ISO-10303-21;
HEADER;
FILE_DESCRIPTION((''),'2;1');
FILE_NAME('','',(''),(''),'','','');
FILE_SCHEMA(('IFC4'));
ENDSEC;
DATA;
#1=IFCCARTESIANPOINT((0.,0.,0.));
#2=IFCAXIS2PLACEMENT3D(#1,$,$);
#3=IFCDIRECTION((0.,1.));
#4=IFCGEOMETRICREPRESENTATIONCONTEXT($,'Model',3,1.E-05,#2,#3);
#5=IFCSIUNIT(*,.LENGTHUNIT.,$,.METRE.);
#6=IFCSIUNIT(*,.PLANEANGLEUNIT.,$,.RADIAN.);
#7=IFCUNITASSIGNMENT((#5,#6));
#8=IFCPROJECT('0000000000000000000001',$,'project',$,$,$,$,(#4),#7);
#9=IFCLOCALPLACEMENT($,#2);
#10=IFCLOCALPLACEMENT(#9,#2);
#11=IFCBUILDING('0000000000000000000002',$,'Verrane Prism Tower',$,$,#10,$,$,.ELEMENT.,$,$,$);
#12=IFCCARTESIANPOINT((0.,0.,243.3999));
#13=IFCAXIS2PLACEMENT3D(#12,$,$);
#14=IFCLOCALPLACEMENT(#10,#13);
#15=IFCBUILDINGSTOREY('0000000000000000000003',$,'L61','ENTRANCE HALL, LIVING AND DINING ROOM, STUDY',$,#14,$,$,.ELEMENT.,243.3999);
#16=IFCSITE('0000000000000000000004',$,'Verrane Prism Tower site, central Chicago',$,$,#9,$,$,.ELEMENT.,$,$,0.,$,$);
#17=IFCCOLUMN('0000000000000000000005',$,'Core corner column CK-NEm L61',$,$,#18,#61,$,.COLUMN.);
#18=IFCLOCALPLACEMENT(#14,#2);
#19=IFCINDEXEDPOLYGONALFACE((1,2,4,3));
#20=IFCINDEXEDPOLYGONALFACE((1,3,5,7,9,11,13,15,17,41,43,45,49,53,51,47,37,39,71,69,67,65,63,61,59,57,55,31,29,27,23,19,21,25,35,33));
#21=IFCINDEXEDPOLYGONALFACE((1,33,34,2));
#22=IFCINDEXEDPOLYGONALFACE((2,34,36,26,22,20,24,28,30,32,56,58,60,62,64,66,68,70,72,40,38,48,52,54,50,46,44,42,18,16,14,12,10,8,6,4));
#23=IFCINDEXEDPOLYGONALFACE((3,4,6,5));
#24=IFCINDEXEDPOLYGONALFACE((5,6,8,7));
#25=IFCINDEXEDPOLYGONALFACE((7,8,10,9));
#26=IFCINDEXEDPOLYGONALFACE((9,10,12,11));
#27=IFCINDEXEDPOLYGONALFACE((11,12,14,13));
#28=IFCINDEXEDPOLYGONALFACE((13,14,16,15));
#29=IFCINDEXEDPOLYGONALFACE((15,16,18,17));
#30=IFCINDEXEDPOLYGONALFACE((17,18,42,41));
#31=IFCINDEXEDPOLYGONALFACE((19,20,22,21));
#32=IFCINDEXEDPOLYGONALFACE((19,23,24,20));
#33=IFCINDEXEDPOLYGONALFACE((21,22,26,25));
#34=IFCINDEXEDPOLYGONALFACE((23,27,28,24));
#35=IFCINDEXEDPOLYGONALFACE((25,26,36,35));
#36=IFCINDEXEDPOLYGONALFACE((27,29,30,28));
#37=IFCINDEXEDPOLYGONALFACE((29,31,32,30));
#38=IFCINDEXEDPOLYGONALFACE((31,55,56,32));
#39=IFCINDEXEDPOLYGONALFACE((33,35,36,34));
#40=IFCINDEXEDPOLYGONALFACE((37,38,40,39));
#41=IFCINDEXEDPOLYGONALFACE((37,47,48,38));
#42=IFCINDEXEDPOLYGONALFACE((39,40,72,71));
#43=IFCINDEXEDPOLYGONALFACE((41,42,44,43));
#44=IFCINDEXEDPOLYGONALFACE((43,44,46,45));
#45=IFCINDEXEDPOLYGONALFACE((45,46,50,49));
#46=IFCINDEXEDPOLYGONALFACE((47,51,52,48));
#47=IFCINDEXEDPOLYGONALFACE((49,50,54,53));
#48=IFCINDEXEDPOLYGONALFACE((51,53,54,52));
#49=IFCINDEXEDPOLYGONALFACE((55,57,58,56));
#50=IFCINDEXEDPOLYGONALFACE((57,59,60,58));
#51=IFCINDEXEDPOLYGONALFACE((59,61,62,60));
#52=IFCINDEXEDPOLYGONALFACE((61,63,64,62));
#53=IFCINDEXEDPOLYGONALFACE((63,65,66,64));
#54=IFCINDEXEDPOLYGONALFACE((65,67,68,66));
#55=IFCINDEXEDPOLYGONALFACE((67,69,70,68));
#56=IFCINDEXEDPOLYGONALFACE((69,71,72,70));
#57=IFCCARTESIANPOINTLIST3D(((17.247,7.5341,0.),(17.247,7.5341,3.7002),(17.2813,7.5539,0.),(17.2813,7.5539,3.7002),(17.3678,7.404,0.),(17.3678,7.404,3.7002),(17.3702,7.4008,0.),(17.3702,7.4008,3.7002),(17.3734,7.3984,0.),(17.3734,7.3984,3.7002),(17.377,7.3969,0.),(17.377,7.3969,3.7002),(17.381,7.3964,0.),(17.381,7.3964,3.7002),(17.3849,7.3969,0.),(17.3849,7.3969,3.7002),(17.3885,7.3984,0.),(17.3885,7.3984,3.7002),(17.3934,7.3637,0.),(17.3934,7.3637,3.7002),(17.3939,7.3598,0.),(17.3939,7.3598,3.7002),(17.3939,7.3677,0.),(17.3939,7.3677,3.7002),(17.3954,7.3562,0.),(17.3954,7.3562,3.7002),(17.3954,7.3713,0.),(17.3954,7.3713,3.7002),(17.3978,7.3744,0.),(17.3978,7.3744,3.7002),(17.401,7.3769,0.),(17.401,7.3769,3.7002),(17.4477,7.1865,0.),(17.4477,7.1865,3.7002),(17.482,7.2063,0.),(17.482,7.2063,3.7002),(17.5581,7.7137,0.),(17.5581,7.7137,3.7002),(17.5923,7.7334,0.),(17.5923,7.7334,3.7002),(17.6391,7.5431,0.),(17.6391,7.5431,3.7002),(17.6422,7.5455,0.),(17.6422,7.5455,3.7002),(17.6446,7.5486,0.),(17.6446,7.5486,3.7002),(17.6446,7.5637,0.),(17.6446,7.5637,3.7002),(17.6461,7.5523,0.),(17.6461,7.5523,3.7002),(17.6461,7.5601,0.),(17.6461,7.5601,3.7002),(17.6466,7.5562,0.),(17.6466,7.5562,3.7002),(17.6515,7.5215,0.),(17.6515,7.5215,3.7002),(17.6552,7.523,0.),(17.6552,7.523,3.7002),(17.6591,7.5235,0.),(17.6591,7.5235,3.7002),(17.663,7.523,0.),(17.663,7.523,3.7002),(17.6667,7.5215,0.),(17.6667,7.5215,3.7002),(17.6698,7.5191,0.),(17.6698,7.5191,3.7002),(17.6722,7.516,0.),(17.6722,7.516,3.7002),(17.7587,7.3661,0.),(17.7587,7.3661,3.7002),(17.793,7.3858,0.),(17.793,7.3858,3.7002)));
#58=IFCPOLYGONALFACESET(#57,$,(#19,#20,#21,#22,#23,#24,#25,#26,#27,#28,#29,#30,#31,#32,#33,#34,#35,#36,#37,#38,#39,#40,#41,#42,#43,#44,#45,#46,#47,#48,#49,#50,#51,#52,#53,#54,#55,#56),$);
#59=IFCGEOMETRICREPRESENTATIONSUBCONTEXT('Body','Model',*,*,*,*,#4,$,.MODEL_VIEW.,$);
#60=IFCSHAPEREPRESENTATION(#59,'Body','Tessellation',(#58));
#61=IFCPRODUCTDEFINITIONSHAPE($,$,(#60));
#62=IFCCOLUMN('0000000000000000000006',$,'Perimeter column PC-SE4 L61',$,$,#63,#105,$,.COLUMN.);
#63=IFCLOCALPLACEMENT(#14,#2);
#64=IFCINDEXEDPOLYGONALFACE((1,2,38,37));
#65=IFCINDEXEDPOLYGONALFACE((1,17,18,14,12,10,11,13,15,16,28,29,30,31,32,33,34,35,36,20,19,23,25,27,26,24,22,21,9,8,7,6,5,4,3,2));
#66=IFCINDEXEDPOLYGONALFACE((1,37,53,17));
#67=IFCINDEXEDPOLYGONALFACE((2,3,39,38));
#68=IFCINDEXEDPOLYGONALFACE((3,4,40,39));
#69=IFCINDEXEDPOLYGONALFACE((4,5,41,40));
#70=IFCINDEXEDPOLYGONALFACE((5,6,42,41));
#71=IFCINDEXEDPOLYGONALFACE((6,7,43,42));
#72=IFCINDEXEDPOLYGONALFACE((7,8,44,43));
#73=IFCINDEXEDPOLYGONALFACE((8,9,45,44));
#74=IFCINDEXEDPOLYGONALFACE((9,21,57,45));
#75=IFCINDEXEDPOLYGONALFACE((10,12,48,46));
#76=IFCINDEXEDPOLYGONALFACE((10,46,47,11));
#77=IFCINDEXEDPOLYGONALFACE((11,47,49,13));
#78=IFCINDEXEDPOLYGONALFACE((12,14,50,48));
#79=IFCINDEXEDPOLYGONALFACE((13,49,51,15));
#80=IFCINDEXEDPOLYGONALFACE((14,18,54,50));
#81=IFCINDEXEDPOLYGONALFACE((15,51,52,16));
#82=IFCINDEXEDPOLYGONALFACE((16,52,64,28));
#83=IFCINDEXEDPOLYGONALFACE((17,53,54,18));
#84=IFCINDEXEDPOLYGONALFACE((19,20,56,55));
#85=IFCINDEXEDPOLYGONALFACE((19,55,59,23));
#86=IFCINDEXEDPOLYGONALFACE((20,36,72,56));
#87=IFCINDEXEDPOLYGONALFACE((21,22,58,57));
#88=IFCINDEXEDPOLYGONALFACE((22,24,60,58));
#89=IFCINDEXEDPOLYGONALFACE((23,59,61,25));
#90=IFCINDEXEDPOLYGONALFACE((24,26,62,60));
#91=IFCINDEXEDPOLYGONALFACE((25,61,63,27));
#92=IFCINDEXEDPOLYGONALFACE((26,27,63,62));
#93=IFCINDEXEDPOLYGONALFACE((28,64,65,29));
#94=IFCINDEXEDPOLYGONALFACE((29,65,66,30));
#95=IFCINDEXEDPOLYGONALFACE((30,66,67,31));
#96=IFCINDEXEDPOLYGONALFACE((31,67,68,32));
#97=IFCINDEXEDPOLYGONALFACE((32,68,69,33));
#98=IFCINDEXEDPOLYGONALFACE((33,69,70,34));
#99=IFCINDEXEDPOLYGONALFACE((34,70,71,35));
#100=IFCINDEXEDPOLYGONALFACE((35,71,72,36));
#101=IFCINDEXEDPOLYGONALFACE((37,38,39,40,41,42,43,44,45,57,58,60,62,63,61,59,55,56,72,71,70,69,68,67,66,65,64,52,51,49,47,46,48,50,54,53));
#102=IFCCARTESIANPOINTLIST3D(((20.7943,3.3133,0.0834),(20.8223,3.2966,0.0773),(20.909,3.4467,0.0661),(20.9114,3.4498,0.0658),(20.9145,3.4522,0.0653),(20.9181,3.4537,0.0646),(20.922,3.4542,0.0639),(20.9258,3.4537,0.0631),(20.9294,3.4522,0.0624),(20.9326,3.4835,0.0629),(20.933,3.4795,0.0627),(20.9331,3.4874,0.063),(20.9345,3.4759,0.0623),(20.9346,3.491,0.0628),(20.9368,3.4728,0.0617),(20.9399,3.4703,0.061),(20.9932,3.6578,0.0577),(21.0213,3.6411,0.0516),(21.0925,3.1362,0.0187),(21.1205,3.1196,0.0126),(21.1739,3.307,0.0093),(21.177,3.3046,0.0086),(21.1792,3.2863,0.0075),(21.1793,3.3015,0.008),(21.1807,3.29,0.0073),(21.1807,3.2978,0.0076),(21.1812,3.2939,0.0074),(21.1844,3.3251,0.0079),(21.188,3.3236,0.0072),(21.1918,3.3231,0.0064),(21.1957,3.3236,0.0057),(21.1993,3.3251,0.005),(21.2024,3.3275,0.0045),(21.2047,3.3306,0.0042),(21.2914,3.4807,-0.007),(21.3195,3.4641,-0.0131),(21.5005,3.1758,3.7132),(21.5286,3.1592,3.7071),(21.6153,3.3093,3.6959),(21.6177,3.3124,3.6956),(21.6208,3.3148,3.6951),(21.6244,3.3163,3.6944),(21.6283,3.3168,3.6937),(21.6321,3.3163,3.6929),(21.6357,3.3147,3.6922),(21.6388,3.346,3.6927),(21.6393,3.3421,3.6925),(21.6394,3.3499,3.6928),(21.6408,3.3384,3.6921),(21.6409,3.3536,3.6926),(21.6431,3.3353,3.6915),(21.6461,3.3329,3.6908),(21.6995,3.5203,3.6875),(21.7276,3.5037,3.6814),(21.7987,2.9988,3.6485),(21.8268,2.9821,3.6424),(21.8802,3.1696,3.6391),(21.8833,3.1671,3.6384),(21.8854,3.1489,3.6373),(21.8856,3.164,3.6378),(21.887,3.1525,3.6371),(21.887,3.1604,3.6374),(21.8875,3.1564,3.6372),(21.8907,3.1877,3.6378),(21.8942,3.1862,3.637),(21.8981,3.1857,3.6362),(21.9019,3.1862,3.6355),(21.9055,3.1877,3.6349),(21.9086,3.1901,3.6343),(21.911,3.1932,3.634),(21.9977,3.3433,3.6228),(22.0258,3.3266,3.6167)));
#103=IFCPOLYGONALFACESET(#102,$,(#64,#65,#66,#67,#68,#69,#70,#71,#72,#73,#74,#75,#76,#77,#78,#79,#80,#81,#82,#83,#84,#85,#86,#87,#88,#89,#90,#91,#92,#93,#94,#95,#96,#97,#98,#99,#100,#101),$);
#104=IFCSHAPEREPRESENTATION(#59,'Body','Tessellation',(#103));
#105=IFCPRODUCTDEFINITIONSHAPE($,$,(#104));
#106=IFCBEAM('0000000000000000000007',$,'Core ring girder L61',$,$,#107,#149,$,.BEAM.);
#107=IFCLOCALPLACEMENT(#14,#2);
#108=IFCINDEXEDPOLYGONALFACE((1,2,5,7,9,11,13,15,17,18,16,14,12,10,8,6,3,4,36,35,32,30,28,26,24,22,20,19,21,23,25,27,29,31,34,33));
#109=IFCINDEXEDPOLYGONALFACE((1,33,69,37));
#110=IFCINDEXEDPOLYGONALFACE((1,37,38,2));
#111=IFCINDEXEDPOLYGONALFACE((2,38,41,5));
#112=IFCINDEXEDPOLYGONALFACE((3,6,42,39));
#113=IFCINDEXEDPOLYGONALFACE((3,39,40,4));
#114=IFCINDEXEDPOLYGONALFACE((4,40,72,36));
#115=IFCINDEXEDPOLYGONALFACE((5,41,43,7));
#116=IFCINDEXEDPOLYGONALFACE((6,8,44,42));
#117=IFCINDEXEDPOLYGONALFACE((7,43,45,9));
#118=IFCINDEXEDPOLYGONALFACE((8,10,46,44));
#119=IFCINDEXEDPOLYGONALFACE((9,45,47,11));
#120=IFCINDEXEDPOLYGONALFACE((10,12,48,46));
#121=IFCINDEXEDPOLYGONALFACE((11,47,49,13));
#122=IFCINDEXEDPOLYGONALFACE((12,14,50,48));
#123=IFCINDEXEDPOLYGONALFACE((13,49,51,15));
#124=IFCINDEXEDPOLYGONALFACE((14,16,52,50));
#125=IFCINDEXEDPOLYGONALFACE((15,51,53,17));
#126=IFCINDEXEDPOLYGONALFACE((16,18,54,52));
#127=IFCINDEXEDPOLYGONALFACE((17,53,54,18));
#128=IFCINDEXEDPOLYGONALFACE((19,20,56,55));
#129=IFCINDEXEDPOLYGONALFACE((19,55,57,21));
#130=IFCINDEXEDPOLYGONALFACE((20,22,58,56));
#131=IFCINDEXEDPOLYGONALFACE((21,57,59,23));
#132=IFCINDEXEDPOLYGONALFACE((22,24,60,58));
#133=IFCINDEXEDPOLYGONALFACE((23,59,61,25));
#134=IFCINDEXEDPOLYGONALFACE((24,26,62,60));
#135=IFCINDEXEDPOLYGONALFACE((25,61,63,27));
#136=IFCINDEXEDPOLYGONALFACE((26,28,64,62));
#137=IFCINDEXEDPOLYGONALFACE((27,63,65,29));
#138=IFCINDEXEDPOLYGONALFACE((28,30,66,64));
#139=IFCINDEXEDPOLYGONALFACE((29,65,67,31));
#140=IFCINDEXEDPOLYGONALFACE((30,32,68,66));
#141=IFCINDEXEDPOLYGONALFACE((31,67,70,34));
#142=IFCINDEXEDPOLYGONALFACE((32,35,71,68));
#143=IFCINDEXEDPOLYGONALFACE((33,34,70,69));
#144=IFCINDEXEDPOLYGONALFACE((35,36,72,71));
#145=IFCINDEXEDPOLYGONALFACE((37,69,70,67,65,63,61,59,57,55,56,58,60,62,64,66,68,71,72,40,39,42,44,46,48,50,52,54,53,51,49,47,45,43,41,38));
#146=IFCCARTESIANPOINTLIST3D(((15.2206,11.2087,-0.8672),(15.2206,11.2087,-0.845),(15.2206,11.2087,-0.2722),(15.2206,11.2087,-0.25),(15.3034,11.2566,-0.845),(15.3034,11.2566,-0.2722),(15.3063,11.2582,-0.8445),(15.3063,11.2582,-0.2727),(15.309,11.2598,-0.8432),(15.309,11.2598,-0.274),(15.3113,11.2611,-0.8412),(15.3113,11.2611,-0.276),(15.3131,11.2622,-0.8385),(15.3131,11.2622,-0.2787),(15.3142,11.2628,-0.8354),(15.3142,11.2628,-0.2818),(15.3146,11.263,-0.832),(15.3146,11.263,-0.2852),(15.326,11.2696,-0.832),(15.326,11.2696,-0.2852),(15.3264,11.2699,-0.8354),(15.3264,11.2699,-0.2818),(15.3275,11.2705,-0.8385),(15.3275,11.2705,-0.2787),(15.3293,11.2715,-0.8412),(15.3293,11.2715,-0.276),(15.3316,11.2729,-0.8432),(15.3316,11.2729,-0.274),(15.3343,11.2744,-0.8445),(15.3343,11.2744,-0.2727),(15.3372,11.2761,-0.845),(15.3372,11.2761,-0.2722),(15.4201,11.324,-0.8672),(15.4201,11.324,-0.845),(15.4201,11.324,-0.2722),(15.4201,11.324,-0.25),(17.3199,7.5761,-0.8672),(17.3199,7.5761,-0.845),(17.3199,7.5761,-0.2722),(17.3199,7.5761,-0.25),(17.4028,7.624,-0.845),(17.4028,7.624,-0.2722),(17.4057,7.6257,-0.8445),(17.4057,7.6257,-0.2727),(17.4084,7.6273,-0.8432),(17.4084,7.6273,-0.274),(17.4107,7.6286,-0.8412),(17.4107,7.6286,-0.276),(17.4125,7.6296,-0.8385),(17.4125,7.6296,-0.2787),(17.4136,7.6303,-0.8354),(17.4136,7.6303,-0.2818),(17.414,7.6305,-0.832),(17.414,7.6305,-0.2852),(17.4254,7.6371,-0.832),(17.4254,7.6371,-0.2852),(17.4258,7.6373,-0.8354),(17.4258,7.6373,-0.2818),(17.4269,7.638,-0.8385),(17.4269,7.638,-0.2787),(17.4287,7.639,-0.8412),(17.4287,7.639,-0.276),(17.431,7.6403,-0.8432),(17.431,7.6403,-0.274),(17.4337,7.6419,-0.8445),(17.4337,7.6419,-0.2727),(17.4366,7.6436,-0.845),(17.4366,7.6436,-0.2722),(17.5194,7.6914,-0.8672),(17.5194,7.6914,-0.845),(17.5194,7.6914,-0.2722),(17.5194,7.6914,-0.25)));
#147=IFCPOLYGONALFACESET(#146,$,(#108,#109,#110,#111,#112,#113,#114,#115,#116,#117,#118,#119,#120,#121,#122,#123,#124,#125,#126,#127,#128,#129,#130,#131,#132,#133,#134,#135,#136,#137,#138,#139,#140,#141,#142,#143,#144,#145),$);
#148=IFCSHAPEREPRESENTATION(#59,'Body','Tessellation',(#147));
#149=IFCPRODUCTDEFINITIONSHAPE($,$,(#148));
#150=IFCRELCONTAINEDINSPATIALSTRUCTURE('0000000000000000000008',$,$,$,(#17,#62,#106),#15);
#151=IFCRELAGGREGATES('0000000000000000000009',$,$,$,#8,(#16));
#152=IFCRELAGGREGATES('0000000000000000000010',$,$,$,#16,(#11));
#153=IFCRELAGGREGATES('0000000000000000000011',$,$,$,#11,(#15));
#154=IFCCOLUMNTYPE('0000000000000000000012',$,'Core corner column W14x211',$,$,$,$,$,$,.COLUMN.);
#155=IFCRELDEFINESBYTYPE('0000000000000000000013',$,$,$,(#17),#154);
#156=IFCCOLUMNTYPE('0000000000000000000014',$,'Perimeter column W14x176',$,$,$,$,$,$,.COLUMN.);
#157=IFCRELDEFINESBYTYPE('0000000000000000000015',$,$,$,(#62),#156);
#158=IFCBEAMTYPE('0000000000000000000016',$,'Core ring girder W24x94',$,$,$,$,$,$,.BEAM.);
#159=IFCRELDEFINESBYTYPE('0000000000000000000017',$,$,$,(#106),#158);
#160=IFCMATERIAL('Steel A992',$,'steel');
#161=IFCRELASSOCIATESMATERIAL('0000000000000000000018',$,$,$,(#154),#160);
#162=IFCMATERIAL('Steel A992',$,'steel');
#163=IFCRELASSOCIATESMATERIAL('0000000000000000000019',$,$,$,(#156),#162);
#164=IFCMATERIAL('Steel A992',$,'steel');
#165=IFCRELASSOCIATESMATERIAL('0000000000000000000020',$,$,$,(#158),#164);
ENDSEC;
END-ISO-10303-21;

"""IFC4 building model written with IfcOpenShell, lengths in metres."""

from ifc_helpers import new_model, si_unit, direction, frame, origin, origin_2d, place, context, subcontext, project, spatial, i_section, extrude, material, material_profile, profile_set, type_object, element, save


model = new_model("IFC4")

# Units and contexts
model_context = context("Model", 3, precision=1e-05, world=origin(), true_north=direction((0.0, 1.0)))
body_context = subcontext(model_context, "Body", "Model", "MODEL_VIEW")
ifc_project = project(units=[si_unit("LENGTHUNIT", "METRE"), si_unit("PLANEANGLEUNIT", "RADIAN")], contexts=[model_context])

# Site, building, storey
site_placement = place(None, origin())
site = spatial("IfcSite", under=ifc_project, at=site_placement, Name="Verrane Prism Tower site, central Chicago", CompositionType="ELEMENT", RefElevation=0.0)
building_placement = place(site_placement, origin())
building = spatial("IfcBuilding", under=site, at=building_placement, Name="Verrane Prism Tower", CompositionType="ELEMENT")
storey_placement = place(building_placement, frame((0.0, 0.0, 243.3999)))
storey = spatial("IfcBuildingStorey", under=building, at=storey_placement, Name="L61", Description="ENTRANCE HALL, LIVING AND DINING ROOM, STUDY", CompositionType="ELEMENT", Elevation=243.3999)

# Columns
ifc_material_1 = material(Name="Steel A992", Category="steel")
ifc_material_profile_1 = material_profile(ifc_material_1, i_section(OverallWidth=0.4014, OverallDepth=0.3987, WebThickness=0.0249, FlangeThickness=0.0396, FilletRadius=0.0151, at=origin_2d()), Name="W14x211")
ifc_profile_set_1 = profile_set([ifc_material_profile_1], Name="Steel A992")
column_type_1 = type_object("IfcColumnType", Name="Core corner column W14x211", PredefinedType="COLUMN", material=ifc_profile_set_1)
column_1_placement = place(storey_placement, frame((17.52, 7.46, 0.0), z_axis=(0.0, 0.0, 1.0), x_axis=(0.5, -0.866025, 0.0)))
element("IfcColumn", 1, at=column_1_placement, inside=storey, type_object=column_type_1, Name="Core corner column CK-NEm L61", PredefinedType="COLUMN", context=body_context, shape_type="SweptSolid", body=[
    extrude(i_section(OverallWidth=0.4014, OverallDepth=0.3987, WebThickness=0.0249, FlangeThickness=0.0396, FilletRadius=0.0151, at=origin_2d()), origin(), (0.0, 0.0, 1.0), 3.7002),
])
ifc_material_2 = material(Name="Steel A992", Category="steel")
ifc_material_profile_2 = material_profile(ifc_material_2, i_section(OverallWidth=0.3987, OverallDepth=0.386, WebThickness=0.021, FlangeThickness=0.0332, FilletRadius=0.0151, at=origin_2d()), Name="W14x176")
ifc_profile_set_2 = profile_set([ifc_material_profile_2], Name="Steel A992")
column_type_2 = type_object("IfcColumnType", Name="Perimeter column W14x176", PredefinedType="COLUMN", material=ifc_profile_set_2)
column_2_placement = place(storey_placement, frame((21.0569, 3.3887, 0.0352), z_axis=(0.190865, -0.037144, 0.980913), x_axis=(-0.499098, -0.86415, 0.064392)))
element("IfcColumn", 2, at=column_2_placement, inside=storey, type_object=column_type_2, Name="Perimeter column PC-SE4 L61", PredefinedType="COLUMN", context=body_context, shape_type="SweptSolid", body=[
    extrude(i_section(OverallWidth=0.3987, OverallDepth=0.386, WebThickness=0.021, FlangeThickness=0.0332, FilletRadius=0.0151, at=origin_2d()), origin(), (0.0, 0.0, 1.0), 3.7004),
])

# Beam
ifc_material_3 = material(Name="Steel A992", Category="steel")
ifc_material_profile_3 = material_profile(ifc_material_3, i_section(OverallWidth=0.2305, OverallDepth=0.6172, WebThickness=0.0132, FlangeThickness=0.0222, FilletRadius=0.0129, at=origin_2d()), Name="W24x94")
ifc_profile_set_3 = profile_set([ifc_material_profile_3], Name="Steel A992")
beam_type_1 = type_object("IfcBeamType", Name="Core ring girder W24x94", PredefinedType="BEAM", material=ifc_profile_set_3)
beam_1_placement = place(storey_placement, frame((17.4197, 7.6338, -0.5586), z_axis=(-0.500376, 0.865808, 0.0), x_axis=(-0.865808, -0.500376, 0.0)))
element("IfcBeam", 3, at=beam_1_placement, inside=storey, type_object=beam_type_1, Name="Core ring girder L61", PredefinedType="BEAM", context=body_context, shape_type="SweptSolid", body=[
    extrude(i_section(OverallWidth=0.2305, OverallDepth=0.6172, WebThickness=0.0132, FlangeThickness=0.0222, FilletRadius=0.0129, at=origin_2d()), origin(), (0.0, 0.0, 1.0), 4.1956),
])

save(model, "model.ifc")
